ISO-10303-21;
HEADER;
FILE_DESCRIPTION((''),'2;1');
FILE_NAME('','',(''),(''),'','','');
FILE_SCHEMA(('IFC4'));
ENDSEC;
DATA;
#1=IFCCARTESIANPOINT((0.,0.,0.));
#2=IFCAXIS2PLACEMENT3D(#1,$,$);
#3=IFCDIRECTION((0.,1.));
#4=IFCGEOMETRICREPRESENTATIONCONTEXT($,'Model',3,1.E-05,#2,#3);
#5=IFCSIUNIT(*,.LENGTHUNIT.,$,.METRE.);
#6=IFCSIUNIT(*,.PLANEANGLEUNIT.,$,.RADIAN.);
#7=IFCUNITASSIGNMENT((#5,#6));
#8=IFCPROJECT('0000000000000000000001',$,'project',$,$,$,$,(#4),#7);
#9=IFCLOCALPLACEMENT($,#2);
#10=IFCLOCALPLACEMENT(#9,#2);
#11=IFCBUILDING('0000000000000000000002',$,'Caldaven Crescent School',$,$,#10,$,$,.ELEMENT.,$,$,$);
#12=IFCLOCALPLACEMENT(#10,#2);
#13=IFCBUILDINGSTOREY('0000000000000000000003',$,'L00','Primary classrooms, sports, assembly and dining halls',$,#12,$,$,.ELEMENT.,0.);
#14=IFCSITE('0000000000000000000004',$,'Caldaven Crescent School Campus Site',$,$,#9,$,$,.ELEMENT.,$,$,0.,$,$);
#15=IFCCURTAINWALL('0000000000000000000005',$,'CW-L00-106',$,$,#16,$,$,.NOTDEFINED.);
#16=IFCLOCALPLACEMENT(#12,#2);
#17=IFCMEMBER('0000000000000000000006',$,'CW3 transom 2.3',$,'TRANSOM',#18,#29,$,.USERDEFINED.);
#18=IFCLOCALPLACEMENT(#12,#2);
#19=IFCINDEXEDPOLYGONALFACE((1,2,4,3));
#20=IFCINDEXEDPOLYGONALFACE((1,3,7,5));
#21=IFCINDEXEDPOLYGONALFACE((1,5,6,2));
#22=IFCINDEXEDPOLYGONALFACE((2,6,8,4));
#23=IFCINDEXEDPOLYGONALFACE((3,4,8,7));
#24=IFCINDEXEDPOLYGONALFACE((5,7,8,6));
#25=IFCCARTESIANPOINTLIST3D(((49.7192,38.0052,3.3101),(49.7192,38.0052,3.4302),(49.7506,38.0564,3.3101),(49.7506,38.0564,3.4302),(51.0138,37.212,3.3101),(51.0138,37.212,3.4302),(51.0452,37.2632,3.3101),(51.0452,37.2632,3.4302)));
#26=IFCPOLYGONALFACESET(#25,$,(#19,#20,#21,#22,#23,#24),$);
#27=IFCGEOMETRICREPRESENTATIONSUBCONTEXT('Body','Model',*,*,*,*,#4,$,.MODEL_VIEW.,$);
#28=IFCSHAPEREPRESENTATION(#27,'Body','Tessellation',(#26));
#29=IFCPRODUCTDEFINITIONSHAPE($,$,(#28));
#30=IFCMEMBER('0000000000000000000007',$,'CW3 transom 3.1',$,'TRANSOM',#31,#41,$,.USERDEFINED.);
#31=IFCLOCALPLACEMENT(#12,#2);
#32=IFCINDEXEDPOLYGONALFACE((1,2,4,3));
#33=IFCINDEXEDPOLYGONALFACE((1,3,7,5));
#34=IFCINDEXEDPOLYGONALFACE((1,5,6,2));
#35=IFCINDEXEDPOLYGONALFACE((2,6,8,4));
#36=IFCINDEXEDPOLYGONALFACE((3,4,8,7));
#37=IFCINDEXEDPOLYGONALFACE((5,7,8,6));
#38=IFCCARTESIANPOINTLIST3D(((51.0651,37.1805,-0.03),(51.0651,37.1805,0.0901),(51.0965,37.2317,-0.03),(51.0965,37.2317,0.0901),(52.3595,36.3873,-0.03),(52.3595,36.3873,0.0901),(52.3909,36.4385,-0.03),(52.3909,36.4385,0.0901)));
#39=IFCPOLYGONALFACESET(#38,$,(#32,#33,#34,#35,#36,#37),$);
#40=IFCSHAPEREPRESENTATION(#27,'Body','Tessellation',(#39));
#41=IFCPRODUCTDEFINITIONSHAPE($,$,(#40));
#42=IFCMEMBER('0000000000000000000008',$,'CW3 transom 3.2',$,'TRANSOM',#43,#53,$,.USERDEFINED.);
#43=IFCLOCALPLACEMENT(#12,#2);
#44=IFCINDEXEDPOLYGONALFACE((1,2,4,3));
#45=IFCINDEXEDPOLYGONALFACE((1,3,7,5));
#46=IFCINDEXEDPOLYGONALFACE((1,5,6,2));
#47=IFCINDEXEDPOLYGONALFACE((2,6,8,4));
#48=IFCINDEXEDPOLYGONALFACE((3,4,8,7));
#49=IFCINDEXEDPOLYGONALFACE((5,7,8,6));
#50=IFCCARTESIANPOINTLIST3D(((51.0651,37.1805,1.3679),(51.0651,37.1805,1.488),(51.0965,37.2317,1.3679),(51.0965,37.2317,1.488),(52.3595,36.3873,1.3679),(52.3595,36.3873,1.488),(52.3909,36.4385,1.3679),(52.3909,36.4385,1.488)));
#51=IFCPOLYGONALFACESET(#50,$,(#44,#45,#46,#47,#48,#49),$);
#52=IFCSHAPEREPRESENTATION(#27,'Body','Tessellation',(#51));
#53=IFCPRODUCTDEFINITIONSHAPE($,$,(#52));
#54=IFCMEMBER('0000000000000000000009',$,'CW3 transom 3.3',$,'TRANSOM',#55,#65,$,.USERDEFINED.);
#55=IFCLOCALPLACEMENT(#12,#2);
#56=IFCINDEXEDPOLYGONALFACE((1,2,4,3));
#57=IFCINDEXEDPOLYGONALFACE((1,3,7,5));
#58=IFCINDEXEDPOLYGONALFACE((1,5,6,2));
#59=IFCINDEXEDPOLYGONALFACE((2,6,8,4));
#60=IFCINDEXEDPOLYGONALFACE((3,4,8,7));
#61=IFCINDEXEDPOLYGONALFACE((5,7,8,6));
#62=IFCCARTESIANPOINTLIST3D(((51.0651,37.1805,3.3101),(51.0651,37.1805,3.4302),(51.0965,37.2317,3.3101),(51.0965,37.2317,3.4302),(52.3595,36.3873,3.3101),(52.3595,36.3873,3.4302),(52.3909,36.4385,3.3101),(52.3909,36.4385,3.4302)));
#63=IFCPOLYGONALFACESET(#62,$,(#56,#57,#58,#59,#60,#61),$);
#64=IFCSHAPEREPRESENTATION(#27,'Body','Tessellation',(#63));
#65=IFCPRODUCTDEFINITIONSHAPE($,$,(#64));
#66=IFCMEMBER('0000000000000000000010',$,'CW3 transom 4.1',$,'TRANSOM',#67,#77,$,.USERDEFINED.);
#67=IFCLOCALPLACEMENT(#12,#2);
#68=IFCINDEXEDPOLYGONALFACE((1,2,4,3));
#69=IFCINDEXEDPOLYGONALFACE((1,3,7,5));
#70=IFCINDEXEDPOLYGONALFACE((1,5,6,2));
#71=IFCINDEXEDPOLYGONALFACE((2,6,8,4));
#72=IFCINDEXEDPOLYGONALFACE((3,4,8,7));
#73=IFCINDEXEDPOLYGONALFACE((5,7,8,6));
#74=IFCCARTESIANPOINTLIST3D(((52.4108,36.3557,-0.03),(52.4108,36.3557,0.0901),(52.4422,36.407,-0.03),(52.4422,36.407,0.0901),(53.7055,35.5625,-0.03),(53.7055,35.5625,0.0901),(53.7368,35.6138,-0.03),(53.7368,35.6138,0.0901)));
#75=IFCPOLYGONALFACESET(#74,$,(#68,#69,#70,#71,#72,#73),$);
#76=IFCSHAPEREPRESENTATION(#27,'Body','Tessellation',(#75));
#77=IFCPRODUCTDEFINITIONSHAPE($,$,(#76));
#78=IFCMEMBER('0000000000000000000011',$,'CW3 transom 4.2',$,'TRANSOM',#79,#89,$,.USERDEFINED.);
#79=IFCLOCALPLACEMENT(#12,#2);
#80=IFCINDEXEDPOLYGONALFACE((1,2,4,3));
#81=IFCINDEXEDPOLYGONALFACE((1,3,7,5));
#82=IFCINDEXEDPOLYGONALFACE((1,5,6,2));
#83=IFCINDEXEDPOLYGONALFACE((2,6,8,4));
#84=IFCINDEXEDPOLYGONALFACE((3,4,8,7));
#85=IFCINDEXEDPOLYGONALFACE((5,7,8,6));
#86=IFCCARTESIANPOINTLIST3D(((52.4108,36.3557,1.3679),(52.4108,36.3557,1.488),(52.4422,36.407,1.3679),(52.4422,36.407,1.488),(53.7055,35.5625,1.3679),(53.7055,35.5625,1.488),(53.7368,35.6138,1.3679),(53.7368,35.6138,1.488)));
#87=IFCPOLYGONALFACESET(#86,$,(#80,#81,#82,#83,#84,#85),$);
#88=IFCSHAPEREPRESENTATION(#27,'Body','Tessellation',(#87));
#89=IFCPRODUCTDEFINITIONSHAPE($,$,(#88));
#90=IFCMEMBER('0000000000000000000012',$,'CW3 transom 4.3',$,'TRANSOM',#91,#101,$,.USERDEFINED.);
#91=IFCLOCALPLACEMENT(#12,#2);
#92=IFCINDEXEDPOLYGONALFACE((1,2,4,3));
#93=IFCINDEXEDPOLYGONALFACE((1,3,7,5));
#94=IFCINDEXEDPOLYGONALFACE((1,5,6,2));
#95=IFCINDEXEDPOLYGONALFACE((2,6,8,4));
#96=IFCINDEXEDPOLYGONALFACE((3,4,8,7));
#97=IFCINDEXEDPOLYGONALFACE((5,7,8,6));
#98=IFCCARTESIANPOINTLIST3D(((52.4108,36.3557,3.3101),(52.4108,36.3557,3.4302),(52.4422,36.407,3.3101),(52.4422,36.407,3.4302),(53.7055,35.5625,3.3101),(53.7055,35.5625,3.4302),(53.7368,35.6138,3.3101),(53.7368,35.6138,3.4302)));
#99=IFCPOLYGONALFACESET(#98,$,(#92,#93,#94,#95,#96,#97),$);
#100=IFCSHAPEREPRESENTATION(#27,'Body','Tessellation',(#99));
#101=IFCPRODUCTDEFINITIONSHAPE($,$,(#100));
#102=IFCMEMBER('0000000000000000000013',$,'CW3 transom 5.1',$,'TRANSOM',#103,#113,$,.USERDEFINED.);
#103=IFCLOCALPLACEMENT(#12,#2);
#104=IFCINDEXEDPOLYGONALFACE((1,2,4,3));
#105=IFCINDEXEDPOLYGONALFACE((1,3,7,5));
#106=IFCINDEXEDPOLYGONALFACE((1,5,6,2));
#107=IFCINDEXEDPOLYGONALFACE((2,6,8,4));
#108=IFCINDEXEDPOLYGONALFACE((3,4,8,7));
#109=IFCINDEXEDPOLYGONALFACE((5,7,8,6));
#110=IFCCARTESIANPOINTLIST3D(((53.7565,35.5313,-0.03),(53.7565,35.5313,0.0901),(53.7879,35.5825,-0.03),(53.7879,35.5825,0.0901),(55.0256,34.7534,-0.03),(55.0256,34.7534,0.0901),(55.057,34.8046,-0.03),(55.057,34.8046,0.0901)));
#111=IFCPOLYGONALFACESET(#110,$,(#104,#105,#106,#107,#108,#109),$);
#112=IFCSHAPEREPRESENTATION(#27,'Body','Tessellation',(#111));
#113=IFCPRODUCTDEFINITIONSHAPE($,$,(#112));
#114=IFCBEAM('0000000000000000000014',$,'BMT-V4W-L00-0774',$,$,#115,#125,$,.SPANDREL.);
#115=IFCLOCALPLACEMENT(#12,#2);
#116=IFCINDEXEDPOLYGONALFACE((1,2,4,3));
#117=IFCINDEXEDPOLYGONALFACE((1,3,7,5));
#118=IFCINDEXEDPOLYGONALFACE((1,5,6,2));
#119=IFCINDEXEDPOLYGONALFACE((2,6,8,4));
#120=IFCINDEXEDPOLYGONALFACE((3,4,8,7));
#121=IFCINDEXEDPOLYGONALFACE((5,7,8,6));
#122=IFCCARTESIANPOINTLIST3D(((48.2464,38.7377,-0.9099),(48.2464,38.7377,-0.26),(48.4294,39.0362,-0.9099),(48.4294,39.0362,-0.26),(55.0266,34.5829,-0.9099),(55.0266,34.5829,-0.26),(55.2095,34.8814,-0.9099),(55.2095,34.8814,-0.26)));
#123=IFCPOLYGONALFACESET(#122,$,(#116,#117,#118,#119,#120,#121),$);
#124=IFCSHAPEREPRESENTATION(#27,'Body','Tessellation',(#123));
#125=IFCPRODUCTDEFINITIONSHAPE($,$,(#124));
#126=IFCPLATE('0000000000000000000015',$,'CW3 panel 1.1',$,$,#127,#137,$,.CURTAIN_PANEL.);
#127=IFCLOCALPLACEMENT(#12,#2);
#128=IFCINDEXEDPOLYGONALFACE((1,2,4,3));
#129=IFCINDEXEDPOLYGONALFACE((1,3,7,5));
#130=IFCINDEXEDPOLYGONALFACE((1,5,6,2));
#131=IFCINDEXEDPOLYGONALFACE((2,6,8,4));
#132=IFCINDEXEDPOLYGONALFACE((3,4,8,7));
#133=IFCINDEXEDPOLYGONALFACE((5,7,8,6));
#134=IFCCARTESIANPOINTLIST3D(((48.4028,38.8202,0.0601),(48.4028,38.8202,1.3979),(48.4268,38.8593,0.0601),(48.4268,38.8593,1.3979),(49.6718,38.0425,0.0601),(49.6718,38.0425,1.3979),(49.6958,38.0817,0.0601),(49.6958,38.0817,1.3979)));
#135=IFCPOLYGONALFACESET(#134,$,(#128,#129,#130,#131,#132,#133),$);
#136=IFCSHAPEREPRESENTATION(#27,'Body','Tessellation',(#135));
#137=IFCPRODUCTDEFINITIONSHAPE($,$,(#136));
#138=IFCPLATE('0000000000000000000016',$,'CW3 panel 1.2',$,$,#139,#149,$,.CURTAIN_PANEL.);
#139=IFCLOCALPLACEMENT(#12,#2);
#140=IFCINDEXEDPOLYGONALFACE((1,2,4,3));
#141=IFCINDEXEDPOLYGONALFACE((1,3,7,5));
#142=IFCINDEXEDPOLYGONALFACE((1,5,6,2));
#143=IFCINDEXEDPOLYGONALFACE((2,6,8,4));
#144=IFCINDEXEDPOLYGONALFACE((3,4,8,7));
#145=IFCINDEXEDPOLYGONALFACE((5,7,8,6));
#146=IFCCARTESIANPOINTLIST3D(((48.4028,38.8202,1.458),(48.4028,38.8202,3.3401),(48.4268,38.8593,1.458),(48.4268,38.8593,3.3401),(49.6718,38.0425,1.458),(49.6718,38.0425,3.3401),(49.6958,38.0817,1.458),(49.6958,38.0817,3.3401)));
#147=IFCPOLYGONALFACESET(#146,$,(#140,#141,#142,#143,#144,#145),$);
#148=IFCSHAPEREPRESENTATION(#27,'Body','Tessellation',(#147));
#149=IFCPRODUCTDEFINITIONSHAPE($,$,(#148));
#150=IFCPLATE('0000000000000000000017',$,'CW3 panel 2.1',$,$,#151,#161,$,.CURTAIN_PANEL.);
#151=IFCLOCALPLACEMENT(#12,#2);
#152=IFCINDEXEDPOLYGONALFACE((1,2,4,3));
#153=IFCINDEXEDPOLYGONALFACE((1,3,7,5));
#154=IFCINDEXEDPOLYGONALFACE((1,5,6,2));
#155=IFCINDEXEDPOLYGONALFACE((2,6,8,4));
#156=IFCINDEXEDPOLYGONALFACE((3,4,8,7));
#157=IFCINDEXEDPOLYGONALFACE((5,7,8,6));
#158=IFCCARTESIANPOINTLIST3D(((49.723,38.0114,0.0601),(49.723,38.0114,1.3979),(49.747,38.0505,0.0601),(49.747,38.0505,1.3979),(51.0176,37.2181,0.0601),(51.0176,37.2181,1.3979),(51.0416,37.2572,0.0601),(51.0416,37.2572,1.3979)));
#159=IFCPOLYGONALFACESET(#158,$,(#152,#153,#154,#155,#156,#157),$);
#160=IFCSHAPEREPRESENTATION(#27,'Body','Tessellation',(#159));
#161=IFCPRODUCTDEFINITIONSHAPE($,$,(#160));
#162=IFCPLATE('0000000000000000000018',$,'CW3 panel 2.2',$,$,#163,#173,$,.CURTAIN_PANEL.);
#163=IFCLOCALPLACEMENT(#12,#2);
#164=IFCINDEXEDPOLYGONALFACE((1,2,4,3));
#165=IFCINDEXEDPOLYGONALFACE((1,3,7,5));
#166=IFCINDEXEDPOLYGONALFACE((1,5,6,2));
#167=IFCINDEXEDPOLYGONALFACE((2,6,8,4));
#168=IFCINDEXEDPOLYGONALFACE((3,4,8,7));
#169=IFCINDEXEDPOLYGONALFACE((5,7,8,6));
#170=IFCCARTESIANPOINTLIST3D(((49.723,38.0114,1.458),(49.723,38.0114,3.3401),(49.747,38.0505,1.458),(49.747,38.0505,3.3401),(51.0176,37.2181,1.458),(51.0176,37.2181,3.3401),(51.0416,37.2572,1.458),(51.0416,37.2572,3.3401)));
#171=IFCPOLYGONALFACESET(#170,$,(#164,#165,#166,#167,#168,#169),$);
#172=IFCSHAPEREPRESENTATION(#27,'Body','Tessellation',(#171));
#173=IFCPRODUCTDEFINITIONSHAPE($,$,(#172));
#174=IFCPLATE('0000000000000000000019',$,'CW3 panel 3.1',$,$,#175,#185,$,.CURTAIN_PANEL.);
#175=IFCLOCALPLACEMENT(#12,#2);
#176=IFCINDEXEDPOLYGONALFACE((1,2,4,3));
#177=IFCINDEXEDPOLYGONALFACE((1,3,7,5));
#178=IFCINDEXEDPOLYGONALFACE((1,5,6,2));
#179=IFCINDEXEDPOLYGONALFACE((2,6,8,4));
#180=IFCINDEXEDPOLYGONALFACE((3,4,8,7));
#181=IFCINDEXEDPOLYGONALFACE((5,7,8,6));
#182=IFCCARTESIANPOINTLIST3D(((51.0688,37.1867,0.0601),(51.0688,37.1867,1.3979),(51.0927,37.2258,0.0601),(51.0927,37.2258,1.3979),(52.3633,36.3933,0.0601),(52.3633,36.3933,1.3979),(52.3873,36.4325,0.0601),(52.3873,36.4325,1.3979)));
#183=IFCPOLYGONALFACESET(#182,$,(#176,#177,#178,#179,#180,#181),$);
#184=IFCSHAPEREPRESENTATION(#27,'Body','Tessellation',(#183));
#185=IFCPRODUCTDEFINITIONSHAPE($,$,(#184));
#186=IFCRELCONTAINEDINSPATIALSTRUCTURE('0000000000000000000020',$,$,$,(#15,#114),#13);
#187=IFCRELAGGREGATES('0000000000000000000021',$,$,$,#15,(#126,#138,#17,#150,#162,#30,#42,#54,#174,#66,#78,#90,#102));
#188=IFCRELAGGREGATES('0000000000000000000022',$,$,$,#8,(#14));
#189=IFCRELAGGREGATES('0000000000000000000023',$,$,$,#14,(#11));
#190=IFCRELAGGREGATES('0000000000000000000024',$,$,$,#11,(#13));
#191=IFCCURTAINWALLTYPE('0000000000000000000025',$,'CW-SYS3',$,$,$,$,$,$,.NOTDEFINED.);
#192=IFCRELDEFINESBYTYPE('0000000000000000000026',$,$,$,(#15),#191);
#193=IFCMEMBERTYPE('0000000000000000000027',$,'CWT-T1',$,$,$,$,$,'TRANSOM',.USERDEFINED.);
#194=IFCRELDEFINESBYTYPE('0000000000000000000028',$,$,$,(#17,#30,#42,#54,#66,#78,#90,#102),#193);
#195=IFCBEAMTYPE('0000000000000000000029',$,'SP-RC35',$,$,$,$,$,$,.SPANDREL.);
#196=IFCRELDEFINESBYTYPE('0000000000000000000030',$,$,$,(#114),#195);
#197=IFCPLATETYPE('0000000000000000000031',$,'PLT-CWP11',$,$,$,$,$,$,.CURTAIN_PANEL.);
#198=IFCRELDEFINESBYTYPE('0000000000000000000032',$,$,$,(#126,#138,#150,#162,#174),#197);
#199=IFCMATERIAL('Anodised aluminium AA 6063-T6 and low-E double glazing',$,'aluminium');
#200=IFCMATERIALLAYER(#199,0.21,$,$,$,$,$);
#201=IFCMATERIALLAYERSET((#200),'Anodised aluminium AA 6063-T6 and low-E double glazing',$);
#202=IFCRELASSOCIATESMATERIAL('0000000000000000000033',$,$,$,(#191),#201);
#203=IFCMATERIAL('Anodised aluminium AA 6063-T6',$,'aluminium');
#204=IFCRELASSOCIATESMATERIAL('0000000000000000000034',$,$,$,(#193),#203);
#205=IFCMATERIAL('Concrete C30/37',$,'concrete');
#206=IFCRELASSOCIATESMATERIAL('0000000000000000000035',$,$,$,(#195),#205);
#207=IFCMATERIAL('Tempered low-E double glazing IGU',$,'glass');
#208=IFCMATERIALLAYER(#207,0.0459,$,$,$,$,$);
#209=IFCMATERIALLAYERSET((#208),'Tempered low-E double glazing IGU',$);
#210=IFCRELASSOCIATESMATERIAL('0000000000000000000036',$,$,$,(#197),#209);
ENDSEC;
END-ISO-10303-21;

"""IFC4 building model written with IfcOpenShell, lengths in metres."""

from ifc_helpers import new_model, si_unit, direction, frame, origin, origin_2d, place, context, subcontext, project, spatial, rectangle, extrude, material, layer, layer_set, material_profile, profile_set, type_object, element, aggregate, save


model = new_model("IFC4")

# Units and contexts
model_context = context("Model", 3, precision=1e-05, world=origin(), true_north=direction((0.0, 1.0)))
body_context = subcontext(model_context, "Body", "Model", "MODEL_VIEW")
ifc_project = project(units=[si_unit("LENGTHUNIT", "METRE"), si_unit("PLANEANGLEUNIT", "RADIAN")], contexts=[model_context])

# Site, building, storey
site_placement = place(None, origin())
site = spatial("IfcSite", under=ifc_project, at=site_placement, Name="Caldaven Crescent School Campus Site", CompositionType="ELEMENT", RefElevation=0.0)
building_placement = place(site_placement, origin())
building = spatial("IfcBuilding", under=site, at=building_placement, Name="Caldaven Crescent School", CompositionType="ELEMENT")
storey_placement = place(building_placement, origin())
storey = spatial("IfcBuildingStorey", under=building, at=storey_placement, Name="L00", Description="Primary classrooms, sports, assembly and dining halls", CompositionType="ELEMENT", Elevation=0.0)

# Shared definitions
ifc_material_1 = material(Name="Concrete C30/37", Category="concrete")

# Curtain wall, members
ifc_material_2 = material(Name="Anodised aluminium AA 6063-T6 and low-E double glazing", Category="aluminium")
ifc_layer_1 = layer(ifc_material_2, 0.21)
ifc_layer_set_1 = layer_set([ifc_layer_1], Name="Anodised aluminium AA 6063-T6 and low-E double glazing")
curtain_wall_type = type_object("IfcCurtainWallType", Name="CW-SYS3", PredefinedType="NOTDEFINED", material=ifc_layer_set_1)
curtain_wall_placement = place(storey_placement, origin())
curtain_wall = element("IfcCurtainWall", 1, at=curtain_wall_placement, inside=storey, type_object=curtain_wall_type, Name="CW-L00-106", PredefinedType="NOTDEFINED")
ifc_material_3 = material(Name="Anodised aluminium AA 6063-T6", Category="aluminium")
ifc_material_profile_1 = material_profile(ifc_material_3, rectangle(XDim=0.0601, YDim=0.1201, at=origin_2d()), Name="CWT 60x120")
ifc_profile_set_1 = profile_set([ifc_material_profile_1], Name="Anodised aluminium AA 6063-T6")
member_type_1 = type_object("IfcMemberType", Name="CWT-T1", ElementType="TRANSOM", PredefinedType="USERDEFINED", material=ifc_profile_set_1)
member_1_placement = place(storey_placement, frame((49.7349, 38.0308, 3.3701), z_axis=(0.852689, -0.522419, 0.0), x_axis=(0.522419, 0.852689, 0.0)))
member_1 = element("IfcMember", 2, at=member_1_placement, type_object=member_type_1, Name="CW3 transom 2.3", ObjectType="TRANSOM", PredefinedType="USERDEFINED", context=body_context, shape_type="SweptSolid", body=[
    extrude(rectangle(XDim=0.0601, YDim=0.1201, at=origin_2d()), origin(), (0.0, 0.0, 1.0), 1.5183),
])
member_2_placement = place(storey_placement, frame((51.0808, 37.2061, 0.03), z_axis=(0.852645, -0.52249, 0.0), x_axis=(0.52249, 0.852645, 0.0)))
member_2 = element("IfcMember", 3, at=member_2_placement, type_object=member_type_1, Name="CW3 transom 3.1", ObjectType="TRANSOM", PredefinedType="USERDEFINED", context=body_context, shape_type="SweptSolid", body=[
    extrude(rectangle(XDim=0.0601, YDim=0.1201, at=origin_2d()), origin(), (0.0, 0.0, 1.0), 1.5181),
])
member_3_placement = place(storey_placement, frame((51.0808, 37.2061, 1.428), z_axis=(0.852645, -0.52249, 0.0), x_axis=(0.52249, 0.852645, 0.0)))
member_3 = element("IfcMember", 4, at=member_3_placement, type_object=member_type_1, Name="CW3 transom 3.2", ObjectType="TRANSOM", PredefinedType="USERDEFINED", context=body_context, shape_type="SweptSolid", body=[
    extrude(rectangle(XDim=0.0601, YDim=0.1201, at=origin_2d()), origin(), (0.0, 0.0, 1.0), 1.5181),
])
member_4_placement = place(storey_placement, frame((51.0808, 37.2061, 3.3701), z_axis=(0.852645, -0.52249, 0.0), x_axis=(0.52249, 0.852645, 0.0)))
member_4 = element("IfcMember", 5, at=member_4_placement, type_object=member_type_1, Name="CW3 transom 3.3", ObjectType="TRANSOM", PredefinedType="USERDEFINED", context=body_context, shape_type="SweptSolid", body=[
    extrude(rectangle(XDim=0.0601, YDim=0.1201, at=origin_2d()), origin(), (0.0, 0.0, 1.0), 1.5181),
])
member_5_placement = place(storey_placement, frame((52.4265, 36.3813, 0.03), z_axis=(0.852689, -0.522419, 0.0), x_axis=(0.522419, 0.852689, 0.0)))
member_5 = element("IfcMember", 6, at=member_5_placement, type_object=member_type_1, Name="CW3 transom 4.1", ObjectType="TRANSOM", PredefinedType="USERDEFINED", context=body_context, shape_type="SweptSolid", body=[
    extrude(rectangle(XDim=0.0601, YDim=0.1201, at=origin_2d()), origin(), (0.0, 0.0, 1.0), 1.5183),
])
member_6_placement = place(storey_placement, frame((52.4265, 36.3813, 1.428), z_axis=(0.852689, -0.522419, 0.0), x_axis=(0.522419, 0.852689, 0.0)))
member_6 = element("IfcMember", 7, at=member_6_placement, type_object=member_type_1, Name="CW3 transom 4.2", ObjectType="TRANSOM", PredefinedType="USERDEFINED", context=body_context, shape_type="SweptSolid", body=[
    extrude(rectangle(XDim=0.0601, YDim=0.1201, at=origin_2d()), origin(), (0.0, 0.0, 1.0), 1.5183),
])
member_7_placement = place(storey_placement, frame((52.4265, 36.3813, 3.3701), z_axis=(0.852689, -0.522419, 0.0), x_axis=(0.522419, 0.852689, 0.0)))
member_7 = element("IfcMember", 8, at=member_7_placement, type_object=member_type_1, Name="CW3 transom 4.3", ObjectType="TRANSOM", PredefinedType="USERDEFINED", context=body_context, shape_type="SweptSolid", body=[
    extrude(rectangle(XDim=0.0601, YDim=0.1201, at=origin_2d()), origin(), (0.0, 0.0, 1.0), 1.5183),
])
member_8_placement = place(storey_placement, frame((53.7722, 35.5569, 0.03), z_axis=(0.852592, -0.522577, 0.0), x_axis=(0.522577, 0.852592, 0.0)))
member_8 = element("IfcMember", 9, at=member_8_placement, type_object=member_type_1, Name="CW3 transom 5.1", ObjectType="TRANSOM", PredefinedType="USERDEFINED", context=body_context, shape_type="SweptSolid", body=[
    extrude(rectangle(XDim=0.0601, YDim=0.1201, at=origin_2d()), origin(), (0.0, 0.0, 1.0), 1.4885),
])

# Beam
ifc_material_profile_2 = material_profile(ifc_material_1, rectangle(XDim=0.3501, YDim=0.6499, at=origin_2d()), Name="RC 350x650")
ifc_profile_set_2 = profile_set([ifc_material_profile_2], Name="Concrete C30/37")
beam_type_1 = type_object("IfcBeamType", Name="SP-RC35", PredefinedType="SPANDREL", material=ifc_profile_set_2)
beam_1_placement = place(storey_placement, frame((48.3379, 38.887, -0.585), z_axis=(0.852641, -0.522497, 0.0), x_axis=(0.522497, 0.852641, 0.0)))
element("IfcBeam", 10, at=beam_1_placement, inside=storey, type_object=beam_type_1, Name="BMT-V4W-L00-0774", PredefinedType="SPANDREL", context=body_context, shape_type="SweptSolid", body=[
    extrude(rectangle(XDim=0.3501, YDim=0.6499, at=origin_2d()), origin(), (0.0, 0.0, 1.0), 7.9519),
])

# Plates
ifc_material_4 = material(Name="Tempered low-E double glazing IGU", Category="glass")
ifc_layer_2 = layer(ifc_material_4, 0.0459)
ifc_layer_set_2 = layer_set([ifc_layer_2], Name="Tempered low-E double glazing IGU")
plate_type_1 = type_object("IfcPlateType", Name="PLT-CWP11", PredefinedType="CURTAIN_PANEL", material=ifc_layer_set_2)
plate_1_placement = place(storey_placement, frame((49.0493, 38.4509, 0.0601), z_axis=(0.0, 0.0, 1.0), x_axis=(0.85264, -0.522499, 0.0)))
plate_1 = element("IfcPlate", 11, at=plate_1_placement, type_object=plate_type_1, Name="CW3 panel 1.1", PredefinedType="CURTAIN_PANEL", context=body_context, shape_type="SweptSolid", body=[
    extrude(rectangle(XDim=1.4883, YDim=0.0459, at=origin_2d()), origin(), (0.0, 0.0, 1.0), 1.3379),
])
plate_2_placement = place(storey_placement, frame((49.0493, 38.4509, 1.458), z_axis=(0.0, 0.0, 1.0), x_axis=(0.85264, -0.522499, 0.0)))
plate_2 = element("IfcPlate", 12, at=plate_2_placement, type_object=plate_type_1, Name="CW3 panel 1.2", PredefinedType="CURTAIN_PANEL", context=body_context, shape_type="SweptSolid", body=[
    extrude(rectangle(XDim=1.4883, YDim=0.0459, at=origin_2d()), origin(), (0.0, 0.0, 1.0), 1.8821),
])
plate_3_placement = place(storey_placement, frame((50.3823, 37.6343, 0.0601), z_axis=(0.0, 0.0, 1.0), x_axis=(0.85264, -0.522499, 0.0)))
plate_3 = element("IfcPlate", 13, at=plate_3_placement, type_object=plate_type_1, Name="CW3 panel 2.1", PredefinedType="CURTAIN_PANEL", context=body_context, shape_type="SweptSolid", body=[
    extrude(rectangle(XDim=1.5183, YDim=0.0459, at=origin_2d()), origin(), (0.0, 0.0, 1.0), 1.3379),
])
plate_4_placement = place(storey_placement, frame((50.3823, 37.6343, 1.458), z_axis=(0.0, 0.0, 1.0), x_axis=(0.85264, -0.522499, 0.0)))
plate_4 = element("IfcPlate", 14, at=plate_4_placement, type_object=plate_type_1, Name="CW3 panel 2.2", PredefinedType="CURTAIN_PANEL", context=body_context, shape_type="SweptSolid", body=[
    extrude(rectangle(XDim=1.5183, YDim=0.0459, at=origin_2d()), origin(), (0.0, 0.0, 1.0), 1.8821),
])
plate_5_placement = place(storey_placement, frame((51.728, 36.8096, 0.0601), z_axis=(0.0, 0.0, 1.0), x_axis=(0.85264, -0.522499, 0.0)))
plate_5 = element("IfcPlate", 15, at=plate_5_placement, type_object=plate_type_1, Name="CW3 panel 3.1", PredefinedType="CURTAIN_PANEL", context=body_context, shape_type="SweptSolid", body=[
    extrude(rectangle(XDim=1.5183, YDim=0.0459, at=origin_2d()), origin(), (0.0, 0.0, 1.0), 1.3379),
])
aggregate(curtain_wall, [plate_1, plate_2, member_1, plate_3, plate_4, member_2, member_3, member_4, plate_5, member_5, member_6, member_7, member_8])

save(model, "model.ifc")
